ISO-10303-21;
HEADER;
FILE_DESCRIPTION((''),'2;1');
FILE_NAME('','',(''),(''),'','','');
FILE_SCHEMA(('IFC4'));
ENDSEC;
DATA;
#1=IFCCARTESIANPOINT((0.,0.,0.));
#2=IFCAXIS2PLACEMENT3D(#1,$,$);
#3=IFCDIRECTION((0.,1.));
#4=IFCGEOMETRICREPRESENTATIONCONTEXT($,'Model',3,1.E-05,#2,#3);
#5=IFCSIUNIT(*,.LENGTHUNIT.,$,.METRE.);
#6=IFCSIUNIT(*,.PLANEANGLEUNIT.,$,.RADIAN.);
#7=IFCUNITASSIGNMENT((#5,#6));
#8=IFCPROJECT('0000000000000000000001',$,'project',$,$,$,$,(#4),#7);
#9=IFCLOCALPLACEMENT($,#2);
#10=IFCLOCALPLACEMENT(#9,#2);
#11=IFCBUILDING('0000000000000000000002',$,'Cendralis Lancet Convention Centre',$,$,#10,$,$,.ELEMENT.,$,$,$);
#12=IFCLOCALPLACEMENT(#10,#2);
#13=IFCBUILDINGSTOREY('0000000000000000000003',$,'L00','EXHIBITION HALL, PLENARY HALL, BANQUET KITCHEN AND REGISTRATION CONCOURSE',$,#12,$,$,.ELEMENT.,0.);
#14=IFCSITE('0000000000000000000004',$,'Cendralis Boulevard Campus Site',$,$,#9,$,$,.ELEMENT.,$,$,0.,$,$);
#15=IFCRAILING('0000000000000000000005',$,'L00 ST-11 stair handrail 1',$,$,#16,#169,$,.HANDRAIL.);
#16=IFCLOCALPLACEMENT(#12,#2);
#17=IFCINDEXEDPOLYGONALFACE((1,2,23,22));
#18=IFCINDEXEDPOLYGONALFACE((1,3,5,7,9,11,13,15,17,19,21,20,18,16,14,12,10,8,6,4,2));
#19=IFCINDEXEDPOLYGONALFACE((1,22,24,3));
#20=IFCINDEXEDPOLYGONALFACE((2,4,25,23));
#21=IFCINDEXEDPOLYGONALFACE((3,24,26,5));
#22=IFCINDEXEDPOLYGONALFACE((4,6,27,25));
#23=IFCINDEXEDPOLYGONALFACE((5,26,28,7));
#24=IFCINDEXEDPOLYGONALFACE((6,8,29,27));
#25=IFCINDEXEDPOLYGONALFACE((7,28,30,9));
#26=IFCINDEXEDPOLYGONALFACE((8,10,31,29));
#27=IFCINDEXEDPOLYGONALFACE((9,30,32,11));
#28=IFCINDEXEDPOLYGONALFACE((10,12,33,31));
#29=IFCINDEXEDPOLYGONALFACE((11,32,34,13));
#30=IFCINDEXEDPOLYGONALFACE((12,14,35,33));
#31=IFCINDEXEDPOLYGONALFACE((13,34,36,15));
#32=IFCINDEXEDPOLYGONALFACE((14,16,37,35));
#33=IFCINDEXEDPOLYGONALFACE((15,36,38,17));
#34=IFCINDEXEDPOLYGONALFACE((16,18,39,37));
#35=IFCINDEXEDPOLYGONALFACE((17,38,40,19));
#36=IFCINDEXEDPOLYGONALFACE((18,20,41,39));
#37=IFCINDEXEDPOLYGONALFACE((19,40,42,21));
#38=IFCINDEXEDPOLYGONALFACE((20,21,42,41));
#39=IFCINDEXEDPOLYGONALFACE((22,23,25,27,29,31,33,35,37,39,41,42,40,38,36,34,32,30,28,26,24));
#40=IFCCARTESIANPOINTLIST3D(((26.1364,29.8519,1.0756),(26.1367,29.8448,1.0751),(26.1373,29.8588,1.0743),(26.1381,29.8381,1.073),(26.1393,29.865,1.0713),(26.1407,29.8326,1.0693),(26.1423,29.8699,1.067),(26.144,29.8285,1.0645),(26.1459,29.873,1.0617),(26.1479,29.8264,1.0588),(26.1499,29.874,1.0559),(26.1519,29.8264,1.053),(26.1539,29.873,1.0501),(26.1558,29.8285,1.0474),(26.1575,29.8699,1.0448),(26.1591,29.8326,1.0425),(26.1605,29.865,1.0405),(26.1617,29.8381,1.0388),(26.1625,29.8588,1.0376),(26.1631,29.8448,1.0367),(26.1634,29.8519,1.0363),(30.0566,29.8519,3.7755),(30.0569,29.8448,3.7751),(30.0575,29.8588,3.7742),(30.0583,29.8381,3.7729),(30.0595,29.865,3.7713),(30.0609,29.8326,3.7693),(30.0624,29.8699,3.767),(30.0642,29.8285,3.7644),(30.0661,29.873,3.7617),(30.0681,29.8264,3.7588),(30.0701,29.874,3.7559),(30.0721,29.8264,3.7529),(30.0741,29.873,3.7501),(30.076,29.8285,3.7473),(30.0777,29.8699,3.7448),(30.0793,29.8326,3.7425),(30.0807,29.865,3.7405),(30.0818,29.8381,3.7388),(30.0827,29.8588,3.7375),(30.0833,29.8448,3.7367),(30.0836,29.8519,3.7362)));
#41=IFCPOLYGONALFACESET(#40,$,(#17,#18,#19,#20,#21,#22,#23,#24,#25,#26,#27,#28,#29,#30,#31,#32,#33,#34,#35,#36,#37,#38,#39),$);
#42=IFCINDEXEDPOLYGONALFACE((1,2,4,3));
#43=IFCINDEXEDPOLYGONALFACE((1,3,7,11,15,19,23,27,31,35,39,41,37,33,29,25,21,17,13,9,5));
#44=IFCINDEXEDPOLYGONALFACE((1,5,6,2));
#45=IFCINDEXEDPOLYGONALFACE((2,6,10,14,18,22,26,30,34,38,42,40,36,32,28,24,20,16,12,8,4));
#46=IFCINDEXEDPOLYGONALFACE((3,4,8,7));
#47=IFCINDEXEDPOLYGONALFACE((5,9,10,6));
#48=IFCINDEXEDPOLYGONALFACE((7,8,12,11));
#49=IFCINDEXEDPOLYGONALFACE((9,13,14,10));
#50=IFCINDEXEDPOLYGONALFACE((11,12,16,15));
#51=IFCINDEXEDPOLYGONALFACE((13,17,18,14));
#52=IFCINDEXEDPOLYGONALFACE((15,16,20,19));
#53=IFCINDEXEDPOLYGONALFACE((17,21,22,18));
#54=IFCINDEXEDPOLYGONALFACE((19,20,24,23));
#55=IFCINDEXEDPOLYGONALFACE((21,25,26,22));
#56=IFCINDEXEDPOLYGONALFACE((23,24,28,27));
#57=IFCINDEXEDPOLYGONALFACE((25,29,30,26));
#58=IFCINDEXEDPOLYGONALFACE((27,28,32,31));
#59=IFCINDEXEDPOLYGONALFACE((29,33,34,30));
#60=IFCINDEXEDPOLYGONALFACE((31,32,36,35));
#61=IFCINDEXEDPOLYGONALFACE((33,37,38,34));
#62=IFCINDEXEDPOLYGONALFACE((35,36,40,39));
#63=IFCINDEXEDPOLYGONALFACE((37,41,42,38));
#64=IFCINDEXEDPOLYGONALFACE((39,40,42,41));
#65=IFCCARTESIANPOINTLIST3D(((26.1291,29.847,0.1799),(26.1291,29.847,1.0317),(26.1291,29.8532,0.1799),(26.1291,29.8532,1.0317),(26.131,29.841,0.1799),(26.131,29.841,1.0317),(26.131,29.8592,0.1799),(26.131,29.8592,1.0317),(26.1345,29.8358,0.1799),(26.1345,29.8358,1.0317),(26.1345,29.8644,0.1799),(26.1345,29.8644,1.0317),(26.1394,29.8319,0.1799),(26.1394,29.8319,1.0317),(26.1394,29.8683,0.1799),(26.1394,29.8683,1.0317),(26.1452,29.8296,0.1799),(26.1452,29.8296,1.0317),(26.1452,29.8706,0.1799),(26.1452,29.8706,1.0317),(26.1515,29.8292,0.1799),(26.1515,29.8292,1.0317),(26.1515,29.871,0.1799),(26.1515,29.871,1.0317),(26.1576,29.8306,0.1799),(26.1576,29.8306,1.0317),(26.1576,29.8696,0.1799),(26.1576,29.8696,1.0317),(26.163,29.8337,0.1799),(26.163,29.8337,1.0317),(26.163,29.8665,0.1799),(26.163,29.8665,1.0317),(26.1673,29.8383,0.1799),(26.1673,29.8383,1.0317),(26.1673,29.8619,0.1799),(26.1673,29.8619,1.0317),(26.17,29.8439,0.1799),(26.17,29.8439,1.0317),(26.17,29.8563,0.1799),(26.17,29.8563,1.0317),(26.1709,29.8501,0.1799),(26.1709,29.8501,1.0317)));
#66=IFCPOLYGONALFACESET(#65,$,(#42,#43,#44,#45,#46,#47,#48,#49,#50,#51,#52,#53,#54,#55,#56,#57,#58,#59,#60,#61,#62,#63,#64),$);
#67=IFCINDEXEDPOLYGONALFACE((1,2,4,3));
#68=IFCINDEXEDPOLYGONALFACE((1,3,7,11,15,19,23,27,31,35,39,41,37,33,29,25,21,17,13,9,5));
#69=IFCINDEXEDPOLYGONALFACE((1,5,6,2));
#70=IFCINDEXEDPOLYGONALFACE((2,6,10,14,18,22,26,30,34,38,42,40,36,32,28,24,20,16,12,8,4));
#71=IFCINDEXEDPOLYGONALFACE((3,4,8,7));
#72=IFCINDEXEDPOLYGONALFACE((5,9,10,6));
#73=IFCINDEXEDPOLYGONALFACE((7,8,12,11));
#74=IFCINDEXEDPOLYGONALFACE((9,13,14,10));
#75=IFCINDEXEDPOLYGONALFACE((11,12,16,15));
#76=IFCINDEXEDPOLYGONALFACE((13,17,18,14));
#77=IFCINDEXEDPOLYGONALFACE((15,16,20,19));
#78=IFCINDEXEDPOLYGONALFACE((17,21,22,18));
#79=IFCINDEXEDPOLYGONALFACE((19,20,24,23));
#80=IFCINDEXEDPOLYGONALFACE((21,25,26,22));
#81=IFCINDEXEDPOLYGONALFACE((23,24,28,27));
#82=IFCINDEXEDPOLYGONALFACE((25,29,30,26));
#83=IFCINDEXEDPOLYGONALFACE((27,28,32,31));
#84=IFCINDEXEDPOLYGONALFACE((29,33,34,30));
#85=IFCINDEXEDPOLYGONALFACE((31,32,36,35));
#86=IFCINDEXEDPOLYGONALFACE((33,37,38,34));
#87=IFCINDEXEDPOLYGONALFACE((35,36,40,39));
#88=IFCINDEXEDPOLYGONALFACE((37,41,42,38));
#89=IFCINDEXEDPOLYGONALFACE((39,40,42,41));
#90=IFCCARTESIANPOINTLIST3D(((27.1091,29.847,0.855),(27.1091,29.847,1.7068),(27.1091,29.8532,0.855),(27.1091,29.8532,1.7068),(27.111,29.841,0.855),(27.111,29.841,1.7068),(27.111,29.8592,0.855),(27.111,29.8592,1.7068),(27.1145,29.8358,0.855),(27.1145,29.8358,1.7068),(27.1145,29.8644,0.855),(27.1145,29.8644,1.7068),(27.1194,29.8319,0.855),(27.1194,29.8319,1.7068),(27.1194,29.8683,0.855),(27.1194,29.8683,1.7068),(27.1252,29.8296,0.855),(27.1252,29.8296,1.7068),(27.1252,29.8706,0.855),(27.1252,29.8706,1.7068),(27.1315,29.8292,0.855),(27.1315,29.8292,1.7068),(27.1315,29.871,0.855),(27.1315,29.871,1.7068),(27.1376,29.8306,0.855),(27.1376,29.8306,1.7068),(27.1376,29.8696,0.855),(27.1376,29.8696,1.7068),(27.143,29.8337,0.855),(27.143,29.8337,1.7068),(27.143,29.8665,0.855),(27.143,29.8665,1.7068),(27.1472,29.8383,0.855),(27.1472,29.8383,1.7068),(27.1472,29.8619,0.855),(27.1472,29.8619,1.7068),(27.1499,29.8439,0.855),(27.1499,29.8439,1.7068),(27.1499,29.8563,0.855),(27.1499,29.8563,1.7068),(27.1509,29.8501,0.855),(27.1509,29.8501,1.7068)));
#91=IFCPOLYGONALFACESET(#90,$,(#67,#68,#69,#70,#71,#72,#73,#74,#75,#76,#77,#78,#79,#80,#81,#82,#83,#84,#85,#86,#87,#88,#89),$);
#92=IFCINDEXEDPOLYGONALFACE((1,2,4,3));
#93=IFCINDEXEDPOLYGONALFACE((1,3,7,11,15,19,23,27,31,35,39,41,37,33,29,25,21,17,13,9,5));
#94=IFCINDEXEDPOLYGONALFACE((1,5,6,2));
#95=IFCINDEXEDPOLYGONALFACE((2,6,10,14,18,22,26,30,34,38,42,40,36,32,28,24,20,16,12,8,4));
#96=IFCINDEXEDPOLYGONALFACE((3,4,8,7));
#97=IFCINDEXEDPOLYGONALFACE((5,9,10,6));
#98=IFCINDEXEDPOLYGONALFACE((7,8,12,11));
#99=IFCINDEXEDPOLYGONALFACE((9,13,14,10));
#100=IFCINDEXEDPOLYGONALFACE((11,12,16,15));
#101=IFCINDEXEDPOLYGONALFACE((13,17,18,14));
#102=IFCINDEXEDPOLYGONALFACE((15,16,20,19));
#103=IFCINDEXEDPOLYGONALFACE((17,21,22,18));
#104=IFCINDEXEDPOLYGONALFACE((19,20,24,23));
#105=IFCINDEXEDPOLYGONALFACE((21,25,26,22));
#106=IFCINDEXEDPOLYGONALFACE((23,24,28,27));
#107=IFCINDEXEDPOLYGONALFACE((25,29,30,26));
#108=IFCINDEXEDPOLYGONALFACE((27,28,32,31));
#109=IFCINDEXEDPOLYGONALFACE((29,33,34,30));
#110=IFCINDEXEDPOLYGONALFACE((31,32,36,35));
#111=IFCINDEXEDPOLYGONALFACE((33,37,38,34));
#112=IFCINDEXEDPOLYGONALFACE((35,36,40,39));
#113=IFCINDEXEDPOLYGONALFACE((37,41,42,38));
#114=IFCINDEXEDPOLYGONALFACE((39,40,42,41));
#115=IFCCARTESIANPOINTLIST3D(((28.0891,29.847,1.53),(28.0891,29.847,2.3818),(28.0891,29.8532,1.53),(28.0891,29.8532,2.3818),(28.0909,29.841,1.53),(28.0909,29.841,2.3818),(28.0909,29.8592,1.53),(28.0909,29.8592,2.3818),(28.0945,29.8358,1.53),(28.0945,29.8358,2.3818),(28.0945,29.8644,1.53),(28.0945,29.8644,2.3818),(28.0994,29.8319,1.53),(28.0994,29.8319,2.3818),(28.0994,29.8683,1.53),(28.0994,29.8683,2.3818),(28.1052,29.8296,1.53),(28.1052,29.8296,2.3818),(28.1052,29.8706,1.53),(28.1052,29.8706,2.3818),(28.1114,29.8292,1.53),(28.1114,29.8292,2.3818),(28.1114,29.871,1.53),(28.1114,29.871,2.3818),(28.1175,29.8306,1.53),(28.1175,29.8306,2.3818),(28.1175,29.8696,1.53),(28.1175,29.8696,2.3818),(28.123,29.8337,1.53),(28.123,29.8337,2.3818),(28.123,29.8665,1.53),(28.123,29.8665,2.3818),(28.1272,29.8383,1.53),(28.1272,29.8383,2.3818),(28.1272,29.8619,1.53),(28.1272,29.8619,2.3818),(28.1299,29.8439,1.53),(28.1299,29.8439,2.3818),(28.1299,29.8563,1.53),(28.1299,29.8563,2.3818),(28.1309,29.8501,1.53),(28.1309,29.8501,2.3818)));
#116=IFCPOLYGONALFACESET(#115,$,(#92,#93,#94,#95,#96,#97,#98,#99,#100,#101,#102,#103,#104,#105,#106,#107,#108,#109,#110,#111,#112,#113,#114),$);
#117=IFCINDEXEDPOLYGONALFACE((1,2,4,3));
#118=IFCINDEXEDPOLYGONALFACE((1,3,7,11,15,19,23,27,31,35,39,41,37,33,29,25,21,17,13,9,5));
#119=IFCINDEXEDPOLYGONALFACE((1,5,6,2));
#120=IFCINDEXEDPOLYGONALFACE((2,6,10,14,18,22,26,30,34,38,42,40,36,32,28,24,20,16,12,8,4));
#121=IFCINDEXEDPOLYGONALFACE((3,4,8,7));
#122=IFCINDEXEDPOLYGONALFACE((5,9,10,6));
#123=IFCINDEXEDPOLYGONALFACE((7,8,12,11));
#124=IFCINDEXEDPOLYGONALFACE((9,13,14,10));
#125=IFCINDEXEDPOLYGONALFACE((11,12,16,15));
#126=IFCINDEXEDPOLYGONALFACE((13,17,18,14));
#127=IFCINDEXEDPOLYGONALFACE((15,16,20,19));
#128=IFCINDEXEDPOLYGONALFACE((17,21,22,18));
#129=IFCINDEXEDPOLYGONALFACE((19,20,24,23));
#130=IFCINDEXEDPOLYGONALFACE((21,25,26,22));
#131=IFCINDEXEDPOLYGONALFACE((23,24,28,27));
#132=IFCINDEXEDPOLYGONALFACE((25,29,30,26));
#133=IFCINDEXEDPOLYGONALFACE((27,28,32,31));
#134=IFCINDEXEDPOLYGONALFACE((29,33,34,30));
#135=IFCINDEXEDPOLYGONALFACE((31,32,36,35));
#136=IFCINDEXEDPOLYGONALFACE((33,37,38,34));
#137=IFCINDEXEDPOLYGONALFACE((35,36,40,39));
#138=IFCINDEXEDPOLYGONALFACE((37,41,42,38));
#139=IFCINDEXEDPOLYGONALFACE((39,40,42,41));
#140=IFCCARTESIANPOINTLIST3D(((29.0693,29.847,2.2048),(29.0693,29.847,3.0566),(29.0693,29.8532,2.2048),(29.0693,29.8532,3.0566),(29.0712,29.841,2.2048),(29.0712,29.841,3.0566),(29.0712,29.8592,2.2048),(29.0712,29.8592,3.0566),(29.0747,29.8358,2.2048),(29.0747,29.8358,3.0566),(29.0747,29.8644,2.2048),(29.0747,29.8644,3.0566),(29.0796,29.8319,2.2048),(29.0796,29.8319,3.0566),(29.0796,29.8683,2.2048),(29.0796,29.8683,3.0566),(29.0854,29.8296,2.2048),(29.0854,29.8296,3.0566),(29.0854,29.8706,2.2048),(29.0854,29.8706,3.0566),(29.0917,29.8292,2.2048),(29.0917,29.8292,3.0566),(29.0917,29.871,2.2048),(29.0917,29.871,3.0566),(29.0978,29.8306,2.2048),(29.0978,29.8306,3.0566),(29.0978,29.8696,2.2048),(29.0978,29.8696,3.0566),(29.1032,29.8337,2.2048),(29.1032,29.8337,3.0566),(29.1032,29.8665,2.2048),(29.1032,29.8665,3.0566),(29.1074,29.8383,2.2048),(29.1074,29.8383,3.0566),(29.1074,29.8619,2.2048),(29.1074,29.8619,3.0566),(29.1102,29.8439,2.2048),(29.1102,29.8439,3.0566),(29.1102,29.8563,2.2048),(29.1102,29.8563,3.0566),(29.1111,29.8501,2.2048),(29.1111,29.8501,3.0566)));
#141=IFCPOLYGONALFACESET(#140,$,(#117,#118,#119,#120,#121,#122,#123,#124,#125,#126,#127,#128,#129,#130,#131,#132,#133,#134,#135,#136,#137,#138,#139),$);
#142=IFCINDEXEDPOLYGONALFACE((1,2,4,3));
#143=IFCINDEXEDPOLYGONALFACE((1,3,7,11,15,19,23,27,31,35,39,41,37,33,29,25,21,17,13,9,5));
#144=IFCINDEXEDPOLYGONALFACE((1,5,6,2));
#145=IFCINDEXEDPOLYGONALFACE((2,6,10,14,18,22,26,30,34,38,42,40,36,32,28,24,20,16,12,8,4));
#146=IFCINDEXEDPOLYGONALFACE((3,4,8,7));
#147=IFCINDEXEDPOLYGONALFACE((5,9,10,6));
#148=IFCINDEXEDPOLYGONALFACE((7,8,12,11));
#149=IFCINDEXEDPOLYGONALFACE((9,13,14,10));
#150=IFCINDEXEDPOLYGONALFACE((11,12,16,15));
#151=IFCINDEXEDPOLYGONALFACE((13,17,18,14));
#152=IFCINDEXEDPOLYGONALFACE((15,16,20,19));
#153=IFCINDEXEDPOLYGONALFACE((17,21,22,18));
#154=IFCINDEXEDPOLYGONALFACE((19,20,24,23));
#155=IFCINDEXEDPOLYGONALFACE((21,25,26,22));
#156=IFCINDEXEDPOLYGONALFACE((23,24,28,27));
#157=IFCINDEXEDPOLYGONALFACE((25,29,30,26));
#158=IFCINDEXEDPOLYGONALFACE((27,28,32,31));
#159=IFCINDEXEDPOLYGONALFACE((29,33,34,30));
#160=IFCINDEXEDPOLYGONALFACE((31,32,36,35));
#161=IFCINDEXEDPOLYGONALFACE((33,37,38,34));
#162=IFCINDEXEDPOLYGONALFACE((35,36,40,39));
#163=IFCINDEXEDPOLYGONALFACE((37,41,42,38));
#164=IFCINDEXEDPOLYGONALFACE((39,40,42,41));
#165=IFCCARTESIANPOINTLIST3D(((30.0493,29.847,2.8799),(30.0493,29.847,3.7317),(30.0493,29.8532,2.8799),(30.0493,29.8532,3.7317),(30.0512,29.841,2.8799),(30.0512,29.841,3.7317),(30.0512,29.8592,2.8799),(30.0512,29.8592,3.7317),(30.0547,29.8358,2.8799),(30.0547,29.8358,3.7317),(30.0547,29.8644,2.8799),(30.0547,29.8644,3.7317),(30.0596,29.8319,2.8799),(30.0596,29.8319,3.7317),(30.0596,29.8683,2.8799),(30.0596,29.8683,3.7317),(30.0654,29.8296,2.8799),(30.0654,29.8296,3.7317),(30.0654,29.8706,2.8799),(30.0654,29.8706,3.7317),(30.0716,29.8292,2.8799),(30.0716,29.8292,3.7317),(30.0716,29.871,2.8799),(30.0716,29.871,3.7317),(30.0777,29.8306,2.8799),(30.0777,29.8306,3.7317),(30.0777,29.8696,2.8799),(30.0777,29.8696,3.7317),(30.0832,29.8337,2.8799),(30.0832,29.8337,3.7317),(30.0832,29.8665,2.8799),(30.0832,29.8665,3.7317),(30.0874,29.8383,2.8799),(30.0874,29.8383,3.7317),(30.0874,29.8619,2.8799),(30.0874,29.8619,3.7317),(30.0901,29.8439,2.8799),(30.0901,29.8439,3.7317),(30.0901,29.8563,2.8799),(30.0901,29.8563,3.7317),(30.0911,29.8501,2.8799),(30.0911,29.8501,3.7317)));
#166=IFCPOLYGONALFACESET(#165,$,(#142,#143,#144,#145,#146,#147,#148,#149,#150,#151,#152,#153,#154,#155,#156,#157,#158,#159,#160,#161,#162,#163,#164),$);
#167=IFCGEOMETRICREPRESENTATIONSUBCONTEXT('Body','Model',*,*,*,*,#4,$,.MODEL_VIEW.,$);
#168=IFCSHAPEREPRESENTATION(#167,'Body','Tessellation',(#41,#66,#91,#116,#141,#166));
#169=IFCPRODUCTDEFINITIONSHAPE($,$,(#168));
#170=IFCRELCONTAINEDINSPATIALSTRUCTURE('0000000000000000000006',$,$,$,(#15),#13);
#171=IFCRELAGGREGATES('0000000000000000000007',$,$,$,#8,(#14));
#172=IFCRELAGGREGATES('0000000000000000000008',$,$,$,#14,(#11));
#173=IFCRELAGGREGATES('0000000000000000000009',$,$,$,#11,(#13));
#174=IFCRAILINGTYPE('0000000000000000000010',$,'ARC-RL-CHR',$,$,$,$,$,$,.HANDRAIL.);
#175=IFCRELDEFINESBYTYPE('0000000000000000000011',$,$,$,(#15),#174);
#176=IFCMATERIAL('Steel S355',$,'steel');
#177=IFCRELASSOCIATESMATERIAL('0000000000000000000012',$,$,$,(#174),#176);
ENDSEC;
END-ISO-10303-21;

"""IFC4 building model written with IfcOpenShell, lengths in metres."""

from ifc_helpers import new_model, si_unit, direction, frame, origin, origin_2d, place, context, subcontext, project, spatial, circle, extrude, material, type_object, element, save


model = new_model("IFC4")

# Units and contexts
model_context = context("Model", 3, precision=1e-05, world=origin(), true_north=direction((0.0, 1.0)))
body_context = subcontext(model_context, "Body", "Model", "MODEL_VIEW")
ifc_project = project(units=[si_unit("LENGTHUNIT", "METRE"), si_unit("PLANEANGLEUNIT", "RADIAN")], contexts=[model_context])

# Site, building, storey
site_placement = place(None, origin())
site = spatial("IfcSite", under=ifc_project, at=site_placement, Name="Cendralis Boulevard Campus Site", CompositionType="ELEMENT", RefElevation=0.0)
building_placement = place(site_placement, origin())
building = spatial("IfcBuilding", under=site, at=building_placement, Name="Cendralis Lancet Convention Centre", CompositionType="ELEMENT")
storey_placement = place(building_placement, origin())
storey = spatial("IfcBuildingStorey", under=building, at=storey_placement, Name="L00", Description="EXHIBITION HALL, PLENARY HALL, BANQUET KITCHEN AND REGISTRATION CONCOURSE", CompositionType="ELEMENT", Elevation=0.0)

# Shared definitions
ifc_material_1 = material(Name="Steel S355", Category="steel")

# Railing
railing_type_1 = type_object("IfcRailingType", Name="ARC-RL-CHR", PredefinedType="HANDRAIL", material=ifc_material_1)
railing_1_placement = place(storey_placement, frame((26.1499, 29.8501, 0.1799)))
element("IfcRailing", 1, at=railing_1_placement, inside=storey, type_object=railing_type_1, Name="L00 ST-11 stair handrail 1", PredefinedType="HANDRAIL", context=body_context, shape_type="SweptSolid", body=[
    extrude(circle(Radius=0.0239, at=origin_2d()), frame((0.0, 0.0, 0.876), z_axis=(0.823567, 0.0, 0.567219), x_axis=(0.0, 1.0, 0.0)), (0.0, 0.0, 1.0), 4.76),
    extrude(circle(Radius=0.021, at=origin_2d()), origin(), (0.0, 0.0, 1.0), 0.8518),
    extrude(circle(Radius=0.021, at=origin_2d()), frame((0.98, 0.0, 0.675)), (0.0, 0.0, 1.0), 0.8518),
    extrude(circle(Radius=0.021, at=origin_2d()), frame((1.96, 0.0, 1.3501)), (0.0, 0.0, 1.0), 0.8518),
    extrude(circle(Radius=0.021, at=origin_2d()), frame((2.9402, 0.0, 2.0249)), (0.0, 0.0, 1.0), 0.8518),
    extrude(circle(Radius=0.021, at=origin_2d()), frame((3.9202, 0.0, 2.7)), (0.0, 0.0, 1.0), 0.8518),
])

save(model, "model.ifc")
